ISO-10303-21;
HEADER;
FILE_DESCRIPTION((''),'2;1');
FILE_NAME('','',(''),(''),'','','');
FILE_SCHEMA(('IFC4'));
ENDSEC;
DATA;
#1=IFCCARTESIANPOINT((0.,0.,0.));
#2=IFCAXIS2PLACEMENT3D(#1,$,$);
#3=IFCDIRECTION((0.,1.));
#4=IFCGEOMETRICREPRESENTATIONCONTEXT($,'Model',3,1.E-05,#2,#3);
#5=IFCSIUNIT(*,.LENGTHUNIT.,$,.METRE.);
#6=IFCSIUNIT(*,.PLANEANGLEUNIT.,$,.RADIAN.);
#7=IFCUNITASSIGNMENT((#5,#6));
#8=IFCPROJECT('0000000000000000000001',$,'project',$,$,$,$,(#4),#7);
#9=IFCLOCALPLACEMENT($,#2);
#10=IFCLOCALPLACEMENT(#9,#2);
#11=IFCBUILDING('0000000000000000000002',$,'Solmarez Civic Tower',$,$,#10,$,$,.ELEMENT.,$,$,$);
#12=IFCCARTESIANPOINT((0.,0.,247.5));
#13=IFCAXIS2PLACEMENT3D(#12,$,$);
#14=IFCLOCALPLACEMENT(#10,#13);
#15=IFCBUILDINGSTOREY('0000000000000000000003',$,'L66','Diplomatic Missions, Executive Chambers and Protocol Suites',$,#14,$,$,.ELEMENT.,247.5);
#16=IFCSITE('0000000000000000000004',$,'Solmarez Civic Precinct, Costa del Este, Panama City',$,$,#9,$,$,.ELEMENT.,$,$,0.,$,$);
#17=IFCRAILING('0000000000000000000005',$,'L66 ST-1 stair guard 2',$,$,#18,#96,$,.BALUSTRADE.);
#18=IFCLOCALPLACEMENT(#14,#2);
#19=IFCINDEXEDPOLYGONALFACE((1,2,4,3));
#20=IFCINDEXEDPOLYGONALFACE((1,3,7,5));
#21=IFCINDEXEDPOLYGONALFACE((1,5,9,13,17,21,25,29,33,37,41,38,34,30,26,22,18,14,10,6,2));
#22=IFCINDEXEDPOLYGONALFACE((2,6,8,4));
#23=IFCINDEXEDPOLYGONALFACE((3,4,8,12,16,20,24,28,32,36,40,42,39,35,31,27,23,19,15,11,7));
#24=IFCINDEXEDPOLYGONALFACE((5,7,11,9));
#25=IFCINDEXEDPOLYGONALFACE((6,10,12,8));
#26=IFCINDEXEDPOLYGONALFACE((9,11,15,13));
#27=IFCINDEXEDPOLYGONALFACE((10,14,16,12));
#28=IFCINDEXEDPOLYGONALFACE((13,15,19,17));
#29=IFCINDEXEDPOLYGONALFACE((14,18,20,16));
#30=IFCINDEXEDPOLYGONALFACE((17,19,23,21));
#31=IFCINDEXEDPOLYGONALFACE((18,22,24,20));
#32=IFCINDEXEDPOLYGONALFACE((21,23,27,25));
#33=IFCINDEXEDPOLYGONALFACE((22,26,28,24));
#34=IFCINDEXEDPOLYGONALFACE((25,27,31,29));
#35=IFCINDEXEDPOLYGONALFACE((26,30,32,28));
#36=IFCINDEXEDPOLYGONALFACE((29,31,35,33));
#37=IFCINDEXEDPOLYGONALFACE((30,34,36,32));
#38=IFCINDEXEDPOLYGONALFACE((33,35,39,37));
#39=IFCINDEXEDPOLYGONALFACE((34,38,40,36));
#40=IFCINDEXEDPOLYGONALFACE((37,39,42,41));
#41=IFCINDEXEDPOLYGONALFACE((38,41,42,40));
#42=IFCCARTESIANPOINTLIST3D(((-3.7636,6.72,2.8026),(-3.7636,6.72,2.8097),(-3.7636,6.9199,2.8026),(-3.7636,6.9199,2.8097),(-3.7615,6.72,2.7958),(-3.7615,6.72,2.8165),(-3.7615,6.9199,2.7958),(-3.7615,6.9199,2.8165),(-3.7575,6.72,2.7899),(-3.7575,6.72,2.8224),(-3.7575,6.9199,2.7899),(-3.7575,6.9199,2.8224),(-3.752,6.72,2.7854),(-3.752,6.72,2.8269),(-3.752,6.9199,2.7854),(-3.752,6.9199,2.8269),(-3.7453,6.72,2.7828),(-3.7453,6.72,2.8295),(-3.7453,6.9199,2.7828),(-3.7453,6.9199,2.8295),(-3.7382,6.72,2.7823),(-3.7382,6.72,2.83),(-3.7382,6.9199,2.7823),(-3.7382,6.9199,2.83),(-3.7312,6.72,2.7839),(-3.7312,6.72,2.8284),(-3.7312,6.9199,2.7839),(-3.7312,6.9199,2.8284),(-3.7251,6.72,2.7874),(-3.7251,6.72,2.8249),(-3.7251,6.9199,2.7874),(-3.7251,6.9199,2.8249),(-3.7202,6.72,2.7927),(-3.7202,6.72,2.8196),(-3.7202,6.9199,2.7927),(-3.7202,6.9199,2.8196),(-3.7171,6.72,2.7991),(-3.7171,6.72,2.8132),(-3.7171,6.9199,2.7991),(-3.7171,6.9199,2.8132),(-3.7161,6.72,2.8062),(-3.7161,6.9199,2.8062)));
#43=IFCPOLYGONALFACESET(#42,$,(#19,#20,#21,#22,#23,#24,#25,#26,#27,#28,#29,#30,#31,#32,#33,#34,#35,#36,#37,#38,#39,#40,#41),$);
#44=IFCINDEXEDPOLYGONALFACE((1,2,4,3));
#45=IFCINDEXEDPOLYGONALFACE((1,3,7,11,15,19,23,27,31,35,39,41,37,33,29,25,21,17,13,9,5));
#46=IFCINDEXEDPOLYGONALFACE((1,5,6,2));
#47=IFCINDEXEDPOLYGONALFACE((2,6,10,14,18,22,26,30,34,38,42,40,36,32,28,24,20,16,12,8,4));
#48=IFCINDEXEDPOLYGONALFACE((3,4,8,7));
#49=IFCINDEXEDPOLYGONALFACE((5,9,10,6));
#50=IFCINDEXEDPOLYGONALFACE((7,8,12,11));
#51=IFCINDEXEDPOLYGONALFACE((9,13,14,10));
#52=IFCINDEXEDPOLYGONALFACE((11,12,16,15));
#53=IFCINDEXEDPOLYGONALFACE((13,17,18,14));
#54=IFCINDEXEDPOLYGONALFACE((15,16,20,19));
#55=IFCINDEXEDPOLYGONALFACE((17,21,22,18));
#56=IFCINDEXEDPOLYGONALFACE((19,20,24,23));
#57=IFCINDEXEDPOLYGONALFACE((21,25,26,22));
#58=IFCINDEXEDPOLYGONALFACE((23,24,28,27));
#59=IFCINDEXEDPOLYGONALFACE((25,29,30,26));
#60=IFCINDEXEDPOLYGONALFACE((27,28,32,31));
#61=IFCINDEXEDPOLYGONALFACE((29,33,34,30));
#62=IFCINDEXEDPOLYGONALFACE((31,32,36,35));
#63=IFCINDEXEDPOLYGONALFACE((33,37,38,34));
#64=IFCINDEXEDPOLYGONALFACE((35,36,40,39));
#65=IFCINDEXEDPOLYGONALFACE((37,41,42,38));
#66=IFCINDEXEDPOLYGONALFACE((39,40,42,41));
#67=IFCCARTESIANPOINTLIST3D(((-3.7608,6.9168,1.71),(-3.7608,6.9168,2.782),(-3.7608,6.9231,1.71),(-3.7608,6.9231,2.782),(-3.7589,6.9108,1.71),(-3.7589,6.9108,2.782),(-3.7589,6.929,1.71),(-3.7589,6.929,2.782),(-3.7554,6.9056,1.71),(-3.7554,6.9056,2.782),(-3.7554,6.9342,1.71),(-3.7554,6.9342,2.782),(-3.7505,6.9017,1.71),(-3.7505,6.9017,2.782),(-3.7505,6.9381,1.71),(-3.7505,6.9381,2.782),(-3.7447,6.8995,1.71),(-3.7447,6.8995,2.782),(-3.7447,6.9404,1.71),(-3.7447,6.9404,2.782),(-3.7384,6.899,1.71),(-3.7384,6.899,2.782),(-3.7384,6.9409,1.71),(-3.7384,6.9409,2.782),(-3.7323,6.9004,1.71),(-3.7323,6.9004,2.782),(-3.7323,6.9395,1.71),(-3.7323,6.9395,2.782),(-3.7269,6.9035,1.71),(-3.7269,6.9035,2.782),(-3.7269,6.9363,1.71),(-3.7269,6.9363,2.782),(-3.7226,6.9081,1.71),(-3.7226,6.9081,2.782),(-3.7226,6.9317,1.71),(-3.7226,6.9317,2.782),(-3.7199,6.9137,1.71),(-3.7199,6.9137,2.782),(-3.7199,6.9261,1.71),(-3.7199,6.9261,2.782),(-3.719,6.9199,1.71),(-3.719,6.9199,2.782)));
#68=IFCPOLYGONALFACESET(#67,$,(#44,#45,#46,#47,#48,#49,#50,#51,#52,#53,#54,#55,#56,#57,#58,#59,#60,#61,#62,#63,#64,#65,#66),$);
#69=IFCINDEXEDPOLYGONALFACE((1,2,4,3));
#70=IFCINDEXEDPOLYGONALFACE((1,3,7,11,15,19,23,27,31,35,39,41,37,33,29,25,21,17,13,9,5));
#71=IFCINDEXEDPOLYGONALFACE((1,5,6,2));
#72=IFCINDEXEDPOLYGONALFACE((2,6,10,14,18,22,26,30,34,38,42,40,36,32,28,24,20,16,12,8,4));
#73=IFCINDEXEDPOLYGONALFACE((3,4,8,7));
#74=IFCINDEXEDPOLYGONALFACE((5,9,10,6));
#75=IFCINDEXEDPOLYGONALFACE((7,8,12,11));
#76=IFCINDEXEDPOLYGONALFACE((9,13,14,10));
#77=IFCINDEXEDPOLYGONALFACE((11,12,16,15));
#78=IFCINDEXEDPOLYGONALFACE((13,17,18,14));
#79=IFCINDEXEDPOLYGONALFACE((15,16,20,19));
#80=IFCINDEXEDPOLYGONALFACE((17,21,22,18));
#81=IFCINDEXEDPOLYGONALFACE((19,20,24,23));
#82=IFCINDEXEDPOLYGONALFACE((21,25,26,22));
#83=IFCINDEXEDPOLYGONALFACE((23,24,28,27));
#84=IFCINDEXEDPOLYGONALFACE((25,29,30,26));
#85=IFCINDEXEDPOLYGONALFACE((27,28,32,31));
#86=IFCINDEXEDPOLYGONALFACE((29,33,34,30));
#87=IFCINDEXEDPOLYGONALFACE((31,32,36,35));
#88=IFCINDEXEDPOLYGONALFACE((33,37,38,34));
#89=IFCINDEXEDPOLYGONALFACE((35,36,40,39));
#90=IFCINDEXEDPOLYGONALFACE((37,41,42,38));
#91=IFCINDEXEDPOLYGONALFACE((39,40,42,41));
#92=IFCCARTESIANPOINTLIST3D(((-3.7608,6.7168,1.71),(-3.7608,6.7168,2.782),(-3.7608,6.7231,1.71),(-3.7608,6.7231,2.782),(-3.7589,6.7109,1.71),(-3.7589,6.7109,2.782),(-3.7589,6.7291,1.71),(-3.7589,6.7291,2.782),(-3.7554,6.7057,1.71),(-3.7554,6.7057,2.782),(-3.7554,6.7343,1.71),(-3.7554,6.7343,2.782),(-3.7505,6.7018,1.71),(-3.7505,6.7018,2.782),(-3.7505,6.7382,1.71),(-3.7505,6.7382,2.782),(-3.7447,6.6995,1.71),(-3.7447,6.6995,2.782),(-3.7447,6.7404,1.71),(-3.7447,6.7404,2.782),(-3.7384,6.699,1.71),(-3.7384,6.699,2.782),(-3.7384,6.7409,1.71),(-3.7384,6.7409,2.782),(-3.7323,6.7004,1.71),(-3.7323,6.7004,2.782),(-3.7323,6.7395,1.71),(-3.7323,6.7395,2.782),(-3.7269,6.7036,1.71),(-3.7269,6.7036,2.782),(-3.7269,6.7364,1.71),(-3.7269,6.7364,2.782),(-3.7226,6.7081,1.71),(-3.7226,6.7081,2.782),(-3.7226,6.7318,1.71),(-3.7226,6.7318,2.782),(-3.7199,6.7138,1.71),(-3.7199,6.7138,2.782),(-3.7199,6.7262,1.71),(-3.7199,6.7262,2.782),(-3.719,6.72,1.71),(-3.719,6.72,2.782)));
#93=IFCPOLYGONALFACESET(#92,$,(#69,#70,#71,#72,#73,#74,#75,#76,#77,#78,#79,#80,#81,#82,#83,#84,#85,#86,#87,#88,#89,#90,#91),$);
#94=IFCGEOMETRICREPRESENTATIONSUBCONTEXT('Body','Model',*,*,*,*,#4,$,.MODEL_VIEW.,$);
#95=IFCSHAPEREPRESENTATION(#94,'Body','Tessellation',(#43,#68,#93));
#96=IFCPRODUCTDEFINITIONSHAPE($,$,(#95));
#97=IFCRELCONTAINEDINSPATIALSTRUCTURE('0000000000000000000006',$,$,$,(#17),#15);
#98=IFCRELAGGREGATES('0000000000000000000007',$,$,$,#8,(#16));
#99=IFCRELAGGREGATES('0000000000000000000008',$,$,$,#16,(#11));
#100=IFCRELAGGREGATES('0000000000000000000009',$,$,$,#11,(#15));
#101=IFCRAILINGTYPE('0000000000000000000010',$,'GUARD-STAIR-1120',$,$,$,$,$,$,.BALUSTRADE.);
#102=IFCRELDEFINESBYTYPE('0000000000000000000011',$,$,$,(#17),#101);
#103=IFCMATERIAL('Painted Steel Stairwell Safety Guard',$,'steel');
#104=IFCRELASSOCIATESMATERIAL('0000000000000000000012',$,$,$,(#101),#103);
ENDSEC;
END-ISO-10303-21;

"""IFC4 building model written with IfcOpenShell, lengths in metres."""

from ifc_helpers import new_model, si_unit, direction, frame, origin, origin_2d, place, context, subcontext, project, spatial, circle, extrude, material, type_object, element, save


model = new_model("IFC4")

# Units and contexts
model_context = context("Model", 3, precision=1e-05, world=origin(), true_north=direction((0.0, 1.0)))
body_context = subcontext(model_context, "Body", "Model", "MODEL_VIEW")
ifc_project = project(units=[si_unit("LENGTHUNIT", "METRE"), si_unit("PLANEANGLEUNIT", "RADIAN")], contexts=[model_context])

# Site, building, storey
site_placement = place(None, origin())
site = spatial("IfcSite", under=ifc_project, at=site_placement, Name="Solmarez Civic Precinct, Costa del Este, Panama City", CompositionType="ELEMENT", RefElevation=0.0)
building_placement = place(site_placement, origin())
building = spatial("IfcBuilding", under=site, at=building_placement, Name="Solmarez Civic Tower", CompositionType="ELEMENT")
storey_placement = place(building_placement, frame((0.0, 0.0, 247.5)))
storey = spatial("IfcBuildingStorey", under=building, at=storey_placement, Name="L66", Description="Diplomatic Missions, Executive Chambers and Protocol Suites", CompositionType="ELEMENT", Elevation=247.5)

# Railing
ifc_material_1 = material(Name="Painted Steel Stairwell Safety Guard", Category="steel")
railing_type_1 = type_object("IfcRailingType", Name="GUARD-STAIR-1120", PredefinedType="BALUSTRADE", material=ifc_material_1)
railing_1_placement = place(storey_placement, frame((-3.74, 6.9199, 1.71)))
element("IfcRailing", 1, at=railing_1_placement, inside=storey, type_object=railing_type_1, Name="L66 ST-1 stair guard 2", PredefinedType="BALUSTRADE", context=body_context, shape_type="SweptSolid", body=[
    extrude(circle(Radius=0.0239, at=origin_2d()), frame((0.0, 0.0, 1.0962), z_axis=(0.0, -1.0, 0.0), x_axis=(1.0, 0.0, 0.0)), (0.0, 0.0, 1.0), 0.2),
    extrude(circle(Radius=0.021, at=origin_2d()), origin(), (0.0, 0.0, 1.0), 1.072),
    extrude(circle(Radius=0.021, at=origin_2d()), frame((0.0, -0.2, 0.0)), (0.0, 0.0, 1.0), 1.072),
])

save(model, "model.ifc")
